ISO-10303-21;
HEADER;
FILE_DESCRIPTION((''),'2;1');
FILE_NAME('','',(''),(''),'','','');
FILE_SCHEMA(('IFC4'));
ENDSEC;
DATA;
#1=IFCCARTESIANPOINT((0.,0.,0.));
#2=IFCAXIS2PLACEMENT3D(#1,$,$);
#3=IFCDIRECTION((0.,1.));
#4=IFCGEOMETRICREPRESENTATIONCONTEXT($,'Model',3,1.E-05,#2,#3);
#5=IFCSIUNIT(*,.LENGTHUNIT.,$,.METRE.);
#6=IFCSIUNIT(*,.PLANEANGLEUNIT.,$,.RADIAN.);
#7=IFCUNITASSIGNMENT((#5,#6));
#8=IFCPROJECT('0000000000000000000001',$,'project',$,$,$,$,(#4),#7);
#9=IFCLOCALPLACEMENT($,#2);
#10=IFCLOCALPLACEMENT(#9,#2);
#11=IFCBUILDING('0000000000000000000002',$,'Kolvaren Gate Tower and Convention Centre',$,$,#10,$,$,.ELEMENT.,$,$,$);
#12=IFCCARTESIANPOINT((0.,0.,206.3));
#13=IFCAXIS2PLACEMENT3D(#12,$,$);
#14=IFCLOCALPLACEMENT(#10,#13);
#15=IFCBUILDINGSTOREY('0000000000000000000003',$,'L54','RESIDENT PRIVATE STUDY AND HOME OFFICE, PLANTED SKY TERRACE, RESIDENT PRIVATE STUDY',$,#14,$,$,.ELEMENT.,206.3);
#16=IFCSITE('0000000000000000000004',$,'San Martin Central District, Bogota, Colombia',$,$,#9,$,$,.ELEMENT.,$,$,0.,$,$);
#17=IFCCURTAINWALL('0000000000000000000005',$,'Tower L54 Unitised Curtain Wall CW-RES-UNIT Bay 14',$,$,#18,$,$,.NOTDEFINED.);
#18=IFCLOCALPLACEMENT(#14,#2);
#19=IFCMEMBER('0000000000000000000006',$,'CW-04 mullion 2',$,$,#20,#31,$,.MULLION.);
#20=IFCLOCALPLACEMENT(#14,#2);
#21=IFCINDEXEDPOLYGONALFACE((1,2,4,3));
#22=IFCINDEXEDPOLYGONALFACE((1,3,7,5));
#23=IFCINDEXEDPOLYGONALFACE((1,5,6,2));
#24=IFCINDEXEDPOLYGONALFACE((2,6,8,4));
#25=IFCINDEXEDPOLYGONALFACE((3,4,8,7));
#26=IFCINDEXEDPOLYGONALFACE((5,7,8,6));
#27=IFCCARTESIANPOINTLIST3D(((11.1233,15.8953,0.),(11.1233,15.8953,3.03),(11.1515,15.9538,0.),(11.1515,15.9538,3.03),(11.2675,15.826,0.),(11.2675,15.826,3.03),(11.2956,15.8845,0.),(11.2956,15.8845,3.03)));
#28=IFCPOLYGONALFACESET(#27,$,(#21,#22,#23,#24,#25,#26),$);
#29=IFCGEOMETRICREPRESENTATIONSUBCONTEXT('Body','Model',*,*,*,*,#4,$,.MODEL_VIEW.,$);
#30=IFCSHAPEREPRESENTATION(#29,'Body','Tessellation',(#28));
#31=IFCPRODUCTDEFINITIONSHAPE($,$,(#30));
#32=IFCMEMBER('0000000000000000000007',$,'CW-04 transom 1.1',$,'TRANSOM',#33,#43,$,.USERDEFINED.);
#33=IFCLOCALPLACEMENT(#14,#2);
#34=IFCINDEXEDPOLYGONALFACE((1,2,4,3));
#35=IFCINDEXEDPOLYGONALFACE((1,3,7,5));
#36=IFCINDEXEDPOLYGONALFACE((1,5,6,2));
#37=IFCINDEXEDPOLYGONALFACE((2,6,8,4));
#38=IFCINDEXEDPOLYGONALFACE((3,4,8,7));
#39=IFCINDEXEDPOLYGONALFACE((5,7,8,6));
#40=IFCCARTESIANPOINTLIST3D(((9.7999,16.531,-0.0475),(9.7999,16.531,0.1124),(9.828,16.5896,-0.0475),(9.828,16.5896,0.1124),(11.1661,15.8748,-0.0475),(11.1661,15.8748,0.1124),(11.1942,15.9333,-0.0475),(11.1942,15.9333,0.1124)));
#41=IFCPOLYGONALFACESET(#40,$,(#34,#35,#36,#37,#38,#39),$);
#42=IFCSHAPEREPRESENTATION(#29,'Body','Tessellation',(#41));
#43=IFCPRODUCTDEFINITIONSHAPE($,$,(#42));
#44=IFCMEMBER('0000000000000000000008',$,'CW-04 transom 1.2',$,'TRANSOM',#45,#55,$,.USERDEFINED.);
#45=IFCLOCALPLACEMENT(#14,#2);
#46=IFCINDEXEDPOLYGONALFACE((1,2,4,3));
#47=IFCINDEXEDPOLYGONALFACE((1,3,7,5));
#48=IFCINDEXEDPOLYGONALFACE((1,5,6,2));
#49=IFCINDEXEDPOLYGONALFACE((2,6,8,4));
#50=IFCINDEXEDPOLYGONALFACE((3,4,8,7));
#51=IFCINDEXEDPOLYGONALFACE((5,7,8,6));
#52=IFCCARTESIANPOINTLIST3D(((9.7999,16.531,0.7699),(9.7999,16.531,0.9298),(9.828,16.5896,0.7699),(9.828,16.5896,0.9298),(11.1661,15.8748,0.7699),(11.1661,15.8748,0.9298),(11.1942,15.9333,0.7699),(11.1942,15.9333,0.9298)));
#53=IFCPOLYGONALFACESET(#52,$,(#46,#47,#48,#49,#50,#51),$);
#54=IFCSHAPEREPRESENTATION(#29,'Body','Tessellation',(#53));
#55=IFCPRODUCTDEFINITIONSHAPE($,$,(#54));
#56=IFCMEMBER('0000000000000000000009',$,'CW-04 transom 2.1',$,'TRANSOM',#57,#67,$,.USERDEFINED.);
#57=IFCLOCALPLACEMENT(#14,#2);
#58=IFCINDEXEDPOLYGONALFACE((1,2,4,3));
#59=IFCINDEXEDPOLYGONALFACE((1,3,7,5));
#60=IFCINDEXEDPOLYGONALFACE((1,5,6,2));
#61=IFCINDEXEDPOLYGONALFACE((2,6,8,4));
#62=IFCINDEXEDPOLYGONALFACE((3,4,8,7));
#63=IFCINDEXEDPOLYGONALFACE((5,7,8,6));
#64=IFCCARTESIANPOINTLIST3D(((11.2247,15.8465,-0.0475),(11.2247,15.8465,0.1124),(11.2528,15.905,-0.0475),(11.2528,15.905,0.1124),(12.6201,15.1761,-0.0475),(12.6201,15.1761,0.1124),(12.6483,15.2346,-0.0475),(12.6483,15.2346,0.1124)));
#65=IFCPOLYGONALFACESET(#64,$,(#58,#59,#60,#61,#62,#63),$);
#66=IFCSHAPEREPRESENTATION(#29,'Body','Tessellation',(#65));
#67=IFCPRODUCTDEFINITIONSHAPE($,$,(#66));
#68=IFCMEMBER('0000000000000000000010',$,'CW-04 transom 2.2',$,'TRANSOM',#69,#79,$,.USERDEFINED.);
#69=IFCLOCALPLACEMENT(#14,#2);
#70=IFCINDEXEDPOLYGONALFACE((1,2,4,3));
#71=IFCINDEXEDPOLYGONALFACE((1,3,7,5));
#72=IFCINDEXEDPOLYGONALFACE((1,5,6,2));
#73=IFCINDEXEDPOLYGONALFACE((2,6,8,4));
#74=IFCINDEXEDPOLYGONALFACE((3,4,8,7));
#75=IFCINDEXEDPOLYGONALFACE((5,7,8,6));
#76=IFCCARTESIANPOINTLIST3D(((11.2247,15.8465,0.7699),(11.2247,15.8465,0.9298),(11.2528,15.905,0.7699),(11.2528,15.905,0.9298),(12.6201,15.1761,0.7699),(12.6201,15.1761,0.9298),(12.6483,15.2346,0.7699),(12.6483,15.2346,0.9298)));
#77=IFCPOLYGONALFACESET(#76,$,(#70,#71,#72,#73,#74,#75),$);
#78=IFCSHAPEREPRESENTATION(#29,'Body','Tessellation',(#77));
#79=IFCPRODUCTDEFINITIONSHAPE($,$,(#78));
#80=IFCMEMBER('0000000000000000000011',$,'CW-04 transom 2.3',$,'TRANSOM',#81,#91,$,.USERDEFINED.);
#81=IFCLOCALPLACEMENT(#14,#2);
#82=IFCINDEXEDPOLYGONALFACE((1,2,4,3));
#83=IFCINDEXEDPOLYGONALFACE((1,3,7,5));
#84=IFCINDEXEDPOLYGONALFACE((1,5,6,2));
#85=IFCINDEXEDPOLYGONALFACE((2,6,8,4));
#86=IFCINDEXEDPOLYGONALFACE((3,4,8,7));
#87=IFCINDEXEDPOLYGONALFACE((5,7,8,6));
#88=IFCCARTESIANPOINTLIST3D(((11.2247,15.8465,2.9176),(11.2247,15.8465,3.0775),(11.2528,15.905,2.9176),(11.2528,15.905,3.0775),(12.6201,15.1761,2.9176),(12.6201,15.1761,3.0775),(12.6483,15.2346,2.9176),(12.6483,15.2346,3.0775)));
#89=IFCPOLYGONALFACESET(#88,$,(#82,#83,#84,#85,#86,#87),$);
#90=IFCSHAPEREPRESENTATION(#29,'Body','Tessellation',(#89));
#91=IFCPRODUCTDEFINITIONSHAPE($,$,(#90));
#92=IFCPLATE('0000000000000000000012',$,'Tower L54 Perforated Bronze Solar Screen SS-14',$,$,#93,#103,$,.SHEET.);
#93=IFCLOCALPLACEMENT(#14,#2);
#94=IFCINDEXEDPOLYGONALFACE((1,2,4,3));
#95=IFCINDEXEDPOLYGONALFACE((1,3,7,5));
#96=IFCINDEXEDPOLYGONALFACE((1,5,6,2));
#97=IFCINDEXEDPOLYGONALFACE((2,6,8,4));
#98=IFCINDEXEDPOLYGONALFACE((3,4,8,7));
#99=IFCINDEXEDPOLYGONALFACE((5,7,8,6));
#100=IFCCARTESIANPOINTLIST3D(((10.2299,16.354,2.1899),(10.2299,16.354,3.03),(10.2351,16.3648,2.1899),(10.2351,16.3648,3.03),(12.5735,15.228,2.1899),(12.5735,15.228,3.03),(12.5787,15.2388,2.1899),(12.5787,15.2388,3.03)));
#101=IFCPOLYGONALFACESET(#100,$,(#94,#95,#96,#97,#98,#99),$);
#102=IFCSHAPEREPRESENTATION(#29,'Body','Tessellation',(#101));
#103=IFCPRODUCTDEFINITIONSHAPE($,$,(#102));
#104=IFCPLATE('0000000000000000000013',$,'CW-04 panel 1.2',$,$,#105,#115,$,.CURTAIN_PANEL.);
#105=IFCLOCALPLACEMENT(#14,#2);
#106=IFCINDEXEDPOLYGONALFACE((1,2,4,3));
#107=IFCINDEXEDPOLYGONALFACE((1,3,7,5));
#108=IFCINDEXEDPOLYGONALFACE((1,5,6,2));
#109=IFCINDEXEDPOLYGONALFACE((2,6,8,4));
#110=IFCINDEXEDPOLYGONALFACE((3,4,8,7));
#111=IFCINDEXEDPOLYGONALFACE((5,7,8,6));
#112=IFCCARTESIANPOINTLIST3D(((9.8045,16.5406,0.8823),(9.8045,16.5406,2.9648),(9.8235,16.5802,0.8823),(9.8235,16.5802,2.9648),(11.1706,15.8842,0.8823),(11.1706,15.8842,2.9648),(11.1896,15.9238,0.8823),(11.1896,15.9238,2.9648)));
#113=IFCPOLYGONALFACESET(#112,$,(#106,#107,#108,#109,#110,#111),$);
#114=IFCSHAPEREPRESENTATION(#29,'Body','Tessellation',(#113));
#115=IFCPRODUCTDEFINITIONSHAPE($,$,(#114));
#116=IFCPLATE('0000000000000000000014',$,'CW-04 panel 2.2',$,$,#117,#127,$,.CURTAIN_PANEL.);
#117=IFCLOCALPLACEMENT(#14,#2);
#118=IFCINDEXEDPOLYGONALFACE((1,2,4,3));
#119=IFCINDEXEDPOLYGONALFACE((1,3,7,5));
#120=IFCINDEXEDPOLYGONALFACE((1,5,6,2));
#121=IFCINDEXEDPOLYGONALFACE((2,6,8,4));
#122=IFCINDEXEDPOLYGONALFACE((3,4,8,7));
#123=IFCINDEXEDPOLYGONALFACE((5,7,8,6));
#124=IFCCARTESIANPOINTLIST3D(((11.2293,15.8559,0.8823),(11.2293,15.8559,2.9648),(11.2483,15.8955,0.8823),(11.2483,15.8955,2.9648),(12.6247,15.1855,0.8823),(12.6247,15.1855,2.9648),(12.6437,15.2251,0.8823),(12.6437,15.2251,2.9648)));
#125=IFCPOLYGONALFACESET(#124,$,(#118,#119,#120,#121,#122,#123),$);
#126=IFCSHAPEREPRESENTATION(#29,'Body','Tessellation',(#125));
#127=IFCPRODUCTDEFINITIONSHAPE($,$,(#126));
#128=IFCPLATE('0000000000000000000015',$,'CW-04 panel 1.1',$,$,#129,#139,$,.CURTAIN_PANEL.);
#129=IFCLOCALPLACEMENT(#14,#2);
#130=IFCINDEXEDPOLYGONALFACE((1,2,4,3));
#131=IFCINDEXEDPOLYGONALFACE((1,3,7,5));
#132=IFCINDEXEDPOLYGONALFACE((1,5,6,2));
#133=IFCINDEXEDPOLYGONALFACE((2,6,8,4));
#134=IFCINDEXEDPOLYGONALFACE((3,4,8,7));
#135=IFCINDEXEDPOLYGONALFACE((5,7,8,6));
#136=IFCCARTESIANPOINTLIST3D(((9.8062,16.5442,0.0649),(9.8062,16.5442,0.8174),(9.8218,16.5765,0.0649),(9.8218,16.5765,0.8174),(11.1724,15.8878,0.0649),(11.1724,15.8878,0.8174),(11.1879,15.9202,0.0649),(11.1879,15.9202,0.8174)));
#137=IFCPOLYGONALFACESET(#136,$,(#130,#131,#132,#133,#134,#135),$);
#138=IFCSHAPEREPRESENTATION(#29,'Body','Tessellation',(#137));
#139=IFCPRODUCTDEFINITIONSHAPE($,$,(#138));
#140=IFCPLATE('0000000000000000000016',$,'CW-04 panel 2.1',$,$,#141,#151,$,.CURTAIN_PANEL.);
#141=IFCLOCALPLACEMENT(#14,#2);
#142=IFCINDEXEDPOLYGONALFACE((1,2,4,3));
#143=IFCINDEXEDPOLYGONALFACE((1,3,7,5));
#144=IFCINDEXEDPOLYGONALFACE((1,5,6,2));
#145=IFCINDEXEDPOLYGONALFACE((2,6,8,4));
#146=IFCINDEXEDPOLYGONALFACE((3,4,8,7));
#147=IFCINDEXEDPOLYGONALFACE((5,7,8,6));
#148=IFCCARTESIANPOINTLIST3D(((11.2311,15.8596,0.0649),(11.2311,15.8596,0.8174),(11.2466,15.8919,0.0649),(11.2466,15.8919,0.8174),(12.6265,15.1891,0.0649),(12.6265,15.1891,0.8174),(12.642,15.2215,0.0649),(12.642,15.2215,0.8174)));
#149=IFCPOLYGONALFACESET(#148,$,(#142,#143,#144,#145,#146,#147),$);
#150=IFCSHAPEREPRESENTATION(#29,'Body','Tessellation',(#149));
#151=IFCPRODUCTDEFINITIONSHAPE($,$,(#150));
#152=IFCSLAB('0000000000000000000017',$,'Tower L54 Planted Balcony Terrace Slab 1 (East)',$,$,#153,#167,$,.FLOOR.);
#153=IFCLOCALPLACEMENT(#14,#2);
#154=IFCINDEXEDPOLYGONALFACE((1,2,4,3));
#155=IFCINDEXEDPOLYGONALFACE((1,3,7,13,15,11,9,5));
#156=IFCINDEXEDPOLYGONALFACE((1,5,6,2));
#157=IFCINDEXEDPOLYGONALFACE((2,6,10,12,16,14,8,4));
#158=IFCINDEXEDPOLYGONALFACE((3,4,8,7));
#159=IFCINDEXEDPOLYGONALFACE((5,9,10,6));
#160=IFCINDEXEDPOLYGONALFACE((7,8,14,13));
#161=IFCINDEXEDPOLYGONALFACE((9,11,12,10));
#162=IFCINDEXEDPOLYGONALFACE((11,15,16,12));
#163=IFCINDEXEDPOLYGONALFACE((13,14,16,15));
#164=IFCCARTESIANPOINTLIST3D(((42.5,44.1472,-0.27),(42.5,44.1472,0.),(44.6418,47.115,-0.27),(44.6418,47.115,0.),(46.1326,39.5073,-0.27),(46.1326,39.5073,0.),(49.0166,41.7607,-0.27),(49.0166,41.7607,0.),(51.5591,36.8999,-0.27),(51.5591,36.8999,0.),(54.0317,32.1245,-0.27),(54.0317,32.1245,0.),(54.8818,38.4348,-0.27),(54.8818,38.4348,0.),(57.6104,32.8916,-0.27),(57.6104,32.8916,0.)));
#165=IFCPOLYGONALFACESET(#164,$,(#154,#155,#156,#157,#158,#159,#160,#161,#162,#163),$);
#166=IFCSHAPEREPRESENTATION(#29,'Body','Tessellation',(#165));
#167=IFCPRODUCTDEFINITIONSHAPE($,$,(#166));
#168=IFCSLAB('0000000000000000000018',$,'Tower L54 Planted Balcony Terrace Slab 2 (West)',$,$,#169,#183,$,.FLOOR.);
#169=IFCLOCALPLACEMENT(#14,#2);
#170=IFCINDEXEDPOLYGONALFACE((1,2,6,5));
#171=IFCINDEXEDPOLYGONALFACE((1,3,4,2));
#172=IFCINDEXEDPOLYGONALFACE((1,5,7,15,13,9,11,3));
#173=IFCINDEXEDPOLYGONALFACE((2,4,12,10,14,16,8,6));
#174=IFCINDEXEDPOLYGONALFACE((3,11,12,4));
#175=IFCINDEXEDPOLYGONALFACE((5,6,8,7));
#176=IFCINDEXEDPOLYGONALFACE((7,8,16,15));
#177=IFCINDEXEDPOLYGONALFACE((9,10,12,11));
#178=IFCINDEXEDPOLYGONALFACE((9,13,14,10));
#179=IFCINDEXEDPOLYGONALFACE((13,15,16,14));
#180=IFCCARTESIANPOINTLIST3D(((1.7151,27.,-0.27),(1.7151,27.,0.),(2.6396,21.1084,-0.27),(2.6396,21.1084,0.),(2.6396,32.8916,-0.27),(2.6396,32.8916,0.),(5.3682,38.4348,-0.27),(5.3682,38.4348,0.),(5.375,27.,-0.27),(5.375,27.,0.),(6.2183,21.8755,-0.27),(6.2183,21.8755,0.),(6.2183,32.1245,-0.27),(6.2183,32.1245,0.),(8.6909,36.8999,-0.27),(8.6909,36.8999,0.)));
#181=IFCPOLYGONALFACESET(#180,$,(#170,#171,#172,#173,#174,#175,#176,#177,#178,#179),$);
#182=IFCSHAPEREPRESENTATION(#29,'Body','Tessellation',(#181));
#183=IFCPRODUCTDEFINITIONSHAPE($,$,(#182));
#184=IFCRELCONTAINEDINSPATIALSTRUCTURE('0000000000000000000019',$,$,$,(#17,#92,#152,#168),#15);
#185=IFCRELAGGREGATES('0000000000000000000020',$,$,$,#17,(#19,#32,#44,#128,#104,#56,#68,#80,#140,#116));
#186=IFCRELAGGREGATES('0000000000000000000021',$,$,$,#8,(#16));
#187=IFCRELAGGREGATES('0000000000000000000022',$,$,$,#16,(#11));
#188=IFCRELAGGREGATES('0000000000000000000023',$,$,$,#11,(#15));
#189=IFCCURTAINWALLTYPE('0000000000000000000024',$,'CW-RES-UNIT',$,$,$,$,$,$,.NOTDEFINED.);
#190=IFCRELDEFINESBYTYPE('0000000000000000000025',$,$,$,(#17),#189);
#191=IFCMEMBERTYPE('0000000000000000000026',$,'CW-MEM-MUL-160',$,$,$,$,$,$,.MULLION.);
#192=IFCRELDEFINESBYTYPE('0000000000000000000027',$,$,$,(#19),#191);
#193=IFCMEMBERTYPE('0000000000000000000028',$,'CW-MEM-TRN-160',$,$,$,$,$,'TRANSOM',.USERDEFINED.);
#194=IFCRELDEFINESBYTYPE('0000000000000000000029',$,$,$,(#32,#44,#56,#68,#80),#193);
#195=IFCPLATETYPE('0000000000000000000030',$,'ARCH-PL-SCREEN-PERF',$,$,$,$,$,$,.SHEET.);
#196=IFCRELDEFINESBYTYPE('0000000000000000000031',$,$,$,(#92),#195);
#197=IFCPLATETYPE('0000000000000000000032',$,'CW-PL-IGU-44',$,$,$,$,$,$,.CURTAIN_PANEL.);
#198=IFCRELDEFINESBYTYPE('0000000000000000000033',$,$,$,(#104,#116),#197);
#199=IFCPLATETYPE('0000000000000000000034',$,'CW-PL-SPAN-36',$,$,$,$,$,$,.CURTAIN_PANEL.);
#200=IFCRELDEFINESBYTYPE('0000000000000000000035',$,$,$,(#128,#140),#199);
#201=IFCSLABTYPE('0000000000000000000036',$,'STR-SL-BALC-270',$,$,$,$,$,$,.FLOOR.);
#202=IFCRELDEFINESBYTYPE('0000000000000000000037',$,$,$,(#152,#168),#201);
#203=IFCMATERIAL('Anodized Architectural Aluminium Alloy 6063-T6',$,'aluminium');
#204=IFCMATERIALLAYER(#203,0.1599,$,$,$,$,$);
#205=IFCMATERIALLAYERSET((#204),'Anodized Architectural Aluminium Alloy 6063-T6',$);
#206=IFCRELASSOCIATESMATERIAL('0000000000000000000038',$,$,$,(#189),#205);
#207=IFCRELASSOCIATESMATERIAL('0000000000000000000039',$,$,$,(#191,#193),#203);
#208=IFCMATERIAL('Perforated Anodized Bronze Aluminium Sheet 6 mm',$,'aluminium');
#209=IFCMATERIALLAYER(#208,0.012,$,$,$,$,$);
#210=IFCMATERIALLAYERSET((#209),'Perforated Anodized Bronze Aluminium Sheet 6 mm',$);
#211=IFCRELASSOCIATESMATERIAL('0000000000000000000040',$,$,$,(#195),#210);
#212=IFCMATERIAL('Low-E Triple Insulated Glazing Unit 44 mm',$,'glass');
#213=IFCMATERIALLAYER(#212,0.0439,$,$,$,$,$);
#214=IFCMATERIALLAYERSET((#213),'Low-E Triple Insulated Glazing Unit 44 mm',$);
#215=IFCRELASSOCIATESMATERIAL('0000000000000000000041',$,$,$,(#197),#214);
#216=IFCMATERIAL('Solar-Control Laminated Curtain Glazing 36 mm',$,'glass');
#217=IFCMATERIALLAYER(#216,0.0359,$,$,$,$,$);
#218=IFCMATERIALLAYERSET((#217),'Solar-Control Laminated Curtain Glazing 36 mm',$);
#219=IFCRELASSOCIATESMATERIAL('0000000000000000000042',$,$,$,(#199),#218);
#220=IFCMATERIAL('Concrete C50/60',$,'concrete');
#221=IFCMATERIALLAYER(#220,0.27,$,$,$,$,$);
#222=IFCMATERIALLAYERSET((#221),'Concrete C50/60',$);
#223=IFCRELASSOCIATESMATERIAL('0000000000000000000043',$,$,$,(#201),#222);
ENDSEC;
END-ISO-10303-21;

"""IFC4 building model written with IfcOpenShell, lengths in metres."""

from ifc_helpers import new_model, si_unit, direction, frame, origin, origin_2d, place, context, subcontext, project, spatial, polyline, rectangle, outline, extrude, material, layer, layer_set, material_profile, profile_set, type_object, element, aggregate, save


model = new_model("IFC4")

# Units and contexts
model_context = context("Model", 3, precision=1e-05, world=origin(), true_north=direction((0.0, 1.0)))
body_context = subcontext(model_context, "Body", "Model", "MODEL_VIEW")
ifc_project = project(units=[si_unit("LENGTHUNIT", "METRE"), si_unit("PLANEANGLEUNIT", "RADIAN")], contexts=[model_context])

# Site, building, storey
site_placement = place(None, origin())
site = spatial("IfcSite", under=ifc_project, at=site_placement, Name="San Martin Central District, Bogota, Colombia", CompositionType="ELEMENT", RefElevation=0.0)
building_placement = place(site_placement, origin())
building = spatial("IfcBuilding", under=site, at=building_placement, Name="Kolvaren Gate Tower and Convention Centre", CompositionType="ELEMENT")
storey_placement = place(building_placement, frame((0.0, 0.0, 206.3)))
storey = spatial("IfcBuildingStorey", under=building, at=storey_placement, Name="L54", Description="RESIDENT PRIVATE STUDY AND HOME OFFICE, PLANTED SKY TERRACE, RESIDENT PRIVATE STUDY", CompositionType="ELEMENT", Elevation=206.3)

# Curtain wall, members
ifc_material_1 = material(Name="Anodized Architectural Aluminium Alloy 6063-T6", Category="aluminium")
ifc_layer_1 = layer(ifc_material_1, 0.1599)
ifc_layer_set_1 = layer_set([ifc_layer_1], Name="Anodized Architectural Aluminium Alloy 6063-T6")
curtain_wall_type = type_object("IfcCurtainWallType", Name="CW-RES-UNIT", PredefinedType="NOTDEFINED", material=ifc_layer_set_1)
curtain_wall_placement = place(storey_placement, origin())
curtain_wall = element("IfcCurtainWall", 1, at=curtain_wall_placement, inside=storey, type_object=curtain_wall_type, Name="Tower L54 Unitised Curtain Wall CW-RES-UNIT Bay 14", PredefinedType="NOTDEFINED")
ifc_material_profile_1 = material_profile(ifc_material_1, rectangle(XDim=0.0649, YDim=0.1599, at=origin_2d()), Name="CW-MEM-MUL-160")
ifc_profile_set_1 = profile_set([ifc_material_profile_1], Name="Anodized Architectural Aluminium Alloy 6063-T6")
member_type_1 = type_object("IfcMemberType", Name="CW-MEM-MUL-160", PredefinedType="MULLION", material=ifc_profile_set_1)
member_1_placement = place(storey_placement, frame((11.2095, 15.8899, 0.0), z_axis=(0.0, 0.0, 1.0), x_axis=(0.433066, 0.901362, 0.0)))
member_1 = element("IfcMember", 2, at=member_1_placement, type_object=member_type_1, Name="CW-04 mullion 2", PredefinedType="MULLION", context=body_context, shape_type="SweptSolid", body=[
    extrude(rectangle(XDim=0.0649, YDim=0.1599, at=origin_2d()), origin(), (0.0, 0.0, 1.0), 3.03),
])
ifc_material_profile_2 = material_profile(ifc_material_1, rectangle(XDim=0.0649, YDim=0.1599, at=origin_2d()), Name="CW-MEM-TRN-160")
ifc_profile_set_2 = profile_set([ifc_material_profile_2], Name="Anodized Architectural Aluminium Alloy 6063-T6")
member_type_2 = type_object("IfcMemberType", Name="CW-MEM-TRN-160", ElementType="TRANSOM", PredefinedType="USERDEFINED", material=ifc_profile_set_2)
member_2_placement = place(storey_placement, frame((9.814, 16.5603, 0.0325), z_axis=(0.901402, -0.432982, 0.0), x_axis=(0.432982, 0.901402, 0.0)))
member_2 = element("IfcMember", 3, at=member_2_placement, type_object=member_type_2, Name="CW-04 transom 1.1", ObjectType="TRANSOM", PredefinedType="USERDEFINED", context=body_context, shape_type="SweptSolid", body=[
    extrude(rectangle(XDim=0.0649, YDim=0.1599, at=origin_2d()), origin(), (0.0, 0.0, 1.0), 1.5156),
])
member_3_placement = place(storey_placement, frame((9.814, 16.5603, 0.8499), z_axis=(0.901402, -0.432982, 0.0), x_axis=(0.432982, 0.901402, 0.0)))
member_3 = element("IfcMember", 4, at=member_3_placement, type_object=member_type_2, Name="CW-04 transom 1.2", ObjectType="TRANSOM", PredefinedType="USERDEFINED", context=body_context, shape_type="SweptSolid", body=[
    extrude(rectangle(XDim=0.0649, YDim=0.1599, at=origin_2d()), origin(), (0.0, 0.0, 1.0), 1.5156),
])
member_4_placement = place(storey_placement, frame((11.2388, 15.8757, 0.0325), z_axis=(0.90138, -0.433028, 0.0), x_axis=(0.433028, 0.90138, 0.0)))
member_4 = element("IfcMember", 5, at=member_4_placement, type_object=member_type_2, Name="CW-04 transom 2.1", ObjectType="TRANSOM", PredefinedType="USERDEFINED", context=body_context, shape_type="SweptSolid", body=[
    extrude(rectangle(XDim=0.0649, YDim=0.1599, at=origin_2d()), origin(), (0.0, 0.0, 1.0), 1.5481),
])
member_5_placement = place(storey_placement, frame((11.2388, 15.8757, 0.8499), z_axis=(0.90138, -0.433028, 0.0), x_axis=(0.433028, 0.90138, 0.0)))
member_5 = element("IfcMember", 6, at=member_5_placement, type_object=member_type_2, Name="CW-04 transom 2.2", ObjectType="TRANSOM", PredefinedType="USERDEFINED", context=body_context, shape_type="SweptSolid", body=[
    extrude(rectangle(XDim=0.0649, YDim=0.1599, at=origin_2d()), origin(), (0.0, 0.0, 1.0), 1.5481),
])
member_6_placement = place(storey_placement, frame((11.2388, 15.8757, 2.9976), z_axis=(0.90138, -0.433028, 0.0), x_axis=(0.433028, 0.90138, 0.0)))
member_6 = element("IfcMember", 7, at=member_6_placement, type_object=member_type_2, Name="CW-04 transom 2.3", ObjectType="TRANSOM", PredefinedType="USERDEFINED", context=body_context, shape_type="SweptSolid", body=[
    extrude(rectangle(XDim=0.0649, YDim=0.1599, at=origin_2d()), origin(), (0.0, 0.0, 1.0), 1.5481),
])

# Plates
ifc_material_2 = material(Name="Perforated Anodized Bronze Aluminium Sheet 6 mm", Category="aluminium")
ifc_layer_2 = layer(ifc_material_2, 0.012)
ifc_layer_set_2 = layer_set([ifc_layer_2], Name="Perforated Anodized Bronze Aluminium Sheet 6 mm")
plate_type_1 = type_object("IfcPlateType", Name="ARCH-PL-SCREEN-PERF", PredefinedType="SHEET", material=ifc_layer_set_2)
plate_1_placement = place(storey_placement, frame((11.4043, 15.7964, 2.1899), z_axis=(0.0, 0.0, 1.0), x_axis=(0.901359, -0.433072, 0.0)))
element("IfcPlate", 8, at=plate_1_placement, inside=storey, type_object=plate_type_1, Name="Tower L54 Perforated Bronze Solar Screen SS-14", PredefinedType="SHEET", context=body_context, shape_type="SweptSolid", body=[
    extrude(rectangle(XDim=2.6001, YDim=0.012, at=origin_2d()), origin(), (0.0, 0.0, 1.0), 0.8401),
])
ifc_material_3 = material(Name="Low-E Triple Insulated Glazing Unit 44 mm", Category="glass")
ifc_layer_3 = layer(ifc_material_3, 0.0439)
ifc_layer_set_3 = layer_set([ifc_layer_3], Name="Low-E Triple Insulated Glazing Unit 44 mm")
plate_type_2 = type_object("IfcPlateType", Name="CW-PL-IGU-44", PredefinedType="CURTAIN_PANEL", material=ifc_layer_set_3)
plate_2_placement = place(storey_placement, frame((10.4971, 16.2322, 0.8823), z_axis=(0.0, 0.0, 1.0), x_axis=(0.901362, -0.433066, 0.0)))
plate_2 = element("IfcPlate", 9, at=plate_2_placement, type_object=plate_type_2, Name="CW-04 panel 1.2", PredefinedType="CURTAIN_PANEL", context=body_context, shape_type="SweptSolid", body=[
    extrude(rectangle(XDim=1.5156, YDim=0.0439, at=origin_2d()), origin(), (0.0, 0.0, 1.0), 2.0825),
])
plate_3_placement = place(storey_placement, frame((11.9365, 15.5405, 0.8823), z_axis=(0.0, 0.0, 1.0), x_axis=(0.901362, -0.433066, 0.0)))
plate_3 = element("IfcPlate", 10, at=plate_3_placement, type_object=plate_type_2, Name="CW-04 panel 2.2", PredefinedType="CURTAIN_PANEL", context=body_context, shape_type="SweptSolid", body=[
    extrude(rectangle(XDim=1.5481, YDim=0.0439, at=origin_2d()), origin(), (0.0, 0.0, 1.0), 2.0825),
])
ifc_material_4 = material(Name="Solar-Control Laminated Curtain Glazing 36 mm", Category="glass")
ifc_layer_4 = layer(ifc_material_4, 0.0359)
ifc_layer_set_4 = layer_set([ifc_layer_4], Name="Solar-Control Laminated Curtain Glazing 36 mm")
plate_type_3 = type_object("IfcPlateType", Name="CW-PL-SPAN-36", PredefinedType="CURTAIN_PANEL", material=ifc_layer_set_4)
plate_4_placement = place(storey_placement, frame((10.4971, 16.2322, 0.0649), z_axis=(0.0, 0.0, 1.0), x_axis=(0.901362, -0.433066, 0.0)))
plate_4 = element("IfcPlate", 11, at=plate_4_placement, type_object=plate_type_3, Name="CW-04 panel 1.1", PredefinedType="CURTAIN_PANEL", context=body_context, shape_type="SweptSolid", body=[
    extrude(rectangle(XDim=1.5156, YDim=0.0359, at=origin_2d()), origin(), (0.0, 0.0, 1.0), 0.7524),
])
plate_5_placement = place(storey_placement, frame((11.9365, 15.5405, 0.0649), z_axis=(0.0, 0.0, 1.0), x_axis=(0.901362, -0.433066, 0.0)))
plate_5 = element("IfcPlate", 12, at=plate_5_placement, type_object=plate_type_3, Name="CW-04 panel 2.1", PredefinedType="CURTAIN_PANEL", context=body_context, shape_type="SweptSolid", body=[
    extrude(rectangle(XDim=1.5481, YDim=0.0359, at=origin_2d()), origin(), (0.0, 0.0, 1.0), 0.7524),
])
aggregate(curtain_wall, [member_1, member_2, member_3, plate_4, plate_2, member_4, member_5, member_6, plate_5, plate_3])

# Slabs
ifc_material_5 = material(Name="Concrete C50/60", Category="concrete")
ifc_layer_5 = layer(ifc_material_5, 0.27)
ifc_layer_set_5 = layer_set([ifc_layer_5], Name="Concrete C50/60")
slab_type_1 = type_object("IfcSlabType", Name="STR-SL-BALC-270", PredefinedType="FLOOR", material=ifc_layer_set_5)
slab_1_placement = place(storey_placement, frame((0.0, 0.0, -0.27)))
element("IfcSlab", 13, at=slab_1_placement, inside=storey, type_object=slab_type_1, Name="Tower L54 Planted Balcony Terrace Slab 1 (East)", PredefinedType="FLOOR", context=body_context, shape_type="SweptSolid", body=[
    extrude(outline(polyline([(54.0317, 32.1245), (51.5591, 36.8999), (46.1326, 39.5073), (42.5, 44.1472), (44.6418, 47.115), (49.0166, 41.7607), (54.8818, 38.4348), (57.6104, 32.8916), (54.0317, 32.1245)])), origin(), (0.0, 0.0, 1.0), 0.27),
])
slab_2_placement = place(storey_placement, frame((0.0, 0.0, -0.27)))
element("IfcSlab", 14, at=slab_2_placement, inside=storey, type_object=slab_type_1, Name="Tower L54 Planted Balcony Terrace Slab 2 (West)", PredefinedType="FLOOR", context=body_context, shape_type="SweptSolid", body=[
    extrude(outline(polyline([(8.6909, 36.8999), (6.2183, 32.1245), (5.375, 27.0), (6.2183, 21.8755), (2.6396, 21.1084), (1.7151, 27.0), (2.6396, 32.8916), (5.3682, 38.4348), (8.6909, 36.8999)])), origin(), (0.0, 0.0, 1.0), 0.27),
])

save(model, "model.ifc")
